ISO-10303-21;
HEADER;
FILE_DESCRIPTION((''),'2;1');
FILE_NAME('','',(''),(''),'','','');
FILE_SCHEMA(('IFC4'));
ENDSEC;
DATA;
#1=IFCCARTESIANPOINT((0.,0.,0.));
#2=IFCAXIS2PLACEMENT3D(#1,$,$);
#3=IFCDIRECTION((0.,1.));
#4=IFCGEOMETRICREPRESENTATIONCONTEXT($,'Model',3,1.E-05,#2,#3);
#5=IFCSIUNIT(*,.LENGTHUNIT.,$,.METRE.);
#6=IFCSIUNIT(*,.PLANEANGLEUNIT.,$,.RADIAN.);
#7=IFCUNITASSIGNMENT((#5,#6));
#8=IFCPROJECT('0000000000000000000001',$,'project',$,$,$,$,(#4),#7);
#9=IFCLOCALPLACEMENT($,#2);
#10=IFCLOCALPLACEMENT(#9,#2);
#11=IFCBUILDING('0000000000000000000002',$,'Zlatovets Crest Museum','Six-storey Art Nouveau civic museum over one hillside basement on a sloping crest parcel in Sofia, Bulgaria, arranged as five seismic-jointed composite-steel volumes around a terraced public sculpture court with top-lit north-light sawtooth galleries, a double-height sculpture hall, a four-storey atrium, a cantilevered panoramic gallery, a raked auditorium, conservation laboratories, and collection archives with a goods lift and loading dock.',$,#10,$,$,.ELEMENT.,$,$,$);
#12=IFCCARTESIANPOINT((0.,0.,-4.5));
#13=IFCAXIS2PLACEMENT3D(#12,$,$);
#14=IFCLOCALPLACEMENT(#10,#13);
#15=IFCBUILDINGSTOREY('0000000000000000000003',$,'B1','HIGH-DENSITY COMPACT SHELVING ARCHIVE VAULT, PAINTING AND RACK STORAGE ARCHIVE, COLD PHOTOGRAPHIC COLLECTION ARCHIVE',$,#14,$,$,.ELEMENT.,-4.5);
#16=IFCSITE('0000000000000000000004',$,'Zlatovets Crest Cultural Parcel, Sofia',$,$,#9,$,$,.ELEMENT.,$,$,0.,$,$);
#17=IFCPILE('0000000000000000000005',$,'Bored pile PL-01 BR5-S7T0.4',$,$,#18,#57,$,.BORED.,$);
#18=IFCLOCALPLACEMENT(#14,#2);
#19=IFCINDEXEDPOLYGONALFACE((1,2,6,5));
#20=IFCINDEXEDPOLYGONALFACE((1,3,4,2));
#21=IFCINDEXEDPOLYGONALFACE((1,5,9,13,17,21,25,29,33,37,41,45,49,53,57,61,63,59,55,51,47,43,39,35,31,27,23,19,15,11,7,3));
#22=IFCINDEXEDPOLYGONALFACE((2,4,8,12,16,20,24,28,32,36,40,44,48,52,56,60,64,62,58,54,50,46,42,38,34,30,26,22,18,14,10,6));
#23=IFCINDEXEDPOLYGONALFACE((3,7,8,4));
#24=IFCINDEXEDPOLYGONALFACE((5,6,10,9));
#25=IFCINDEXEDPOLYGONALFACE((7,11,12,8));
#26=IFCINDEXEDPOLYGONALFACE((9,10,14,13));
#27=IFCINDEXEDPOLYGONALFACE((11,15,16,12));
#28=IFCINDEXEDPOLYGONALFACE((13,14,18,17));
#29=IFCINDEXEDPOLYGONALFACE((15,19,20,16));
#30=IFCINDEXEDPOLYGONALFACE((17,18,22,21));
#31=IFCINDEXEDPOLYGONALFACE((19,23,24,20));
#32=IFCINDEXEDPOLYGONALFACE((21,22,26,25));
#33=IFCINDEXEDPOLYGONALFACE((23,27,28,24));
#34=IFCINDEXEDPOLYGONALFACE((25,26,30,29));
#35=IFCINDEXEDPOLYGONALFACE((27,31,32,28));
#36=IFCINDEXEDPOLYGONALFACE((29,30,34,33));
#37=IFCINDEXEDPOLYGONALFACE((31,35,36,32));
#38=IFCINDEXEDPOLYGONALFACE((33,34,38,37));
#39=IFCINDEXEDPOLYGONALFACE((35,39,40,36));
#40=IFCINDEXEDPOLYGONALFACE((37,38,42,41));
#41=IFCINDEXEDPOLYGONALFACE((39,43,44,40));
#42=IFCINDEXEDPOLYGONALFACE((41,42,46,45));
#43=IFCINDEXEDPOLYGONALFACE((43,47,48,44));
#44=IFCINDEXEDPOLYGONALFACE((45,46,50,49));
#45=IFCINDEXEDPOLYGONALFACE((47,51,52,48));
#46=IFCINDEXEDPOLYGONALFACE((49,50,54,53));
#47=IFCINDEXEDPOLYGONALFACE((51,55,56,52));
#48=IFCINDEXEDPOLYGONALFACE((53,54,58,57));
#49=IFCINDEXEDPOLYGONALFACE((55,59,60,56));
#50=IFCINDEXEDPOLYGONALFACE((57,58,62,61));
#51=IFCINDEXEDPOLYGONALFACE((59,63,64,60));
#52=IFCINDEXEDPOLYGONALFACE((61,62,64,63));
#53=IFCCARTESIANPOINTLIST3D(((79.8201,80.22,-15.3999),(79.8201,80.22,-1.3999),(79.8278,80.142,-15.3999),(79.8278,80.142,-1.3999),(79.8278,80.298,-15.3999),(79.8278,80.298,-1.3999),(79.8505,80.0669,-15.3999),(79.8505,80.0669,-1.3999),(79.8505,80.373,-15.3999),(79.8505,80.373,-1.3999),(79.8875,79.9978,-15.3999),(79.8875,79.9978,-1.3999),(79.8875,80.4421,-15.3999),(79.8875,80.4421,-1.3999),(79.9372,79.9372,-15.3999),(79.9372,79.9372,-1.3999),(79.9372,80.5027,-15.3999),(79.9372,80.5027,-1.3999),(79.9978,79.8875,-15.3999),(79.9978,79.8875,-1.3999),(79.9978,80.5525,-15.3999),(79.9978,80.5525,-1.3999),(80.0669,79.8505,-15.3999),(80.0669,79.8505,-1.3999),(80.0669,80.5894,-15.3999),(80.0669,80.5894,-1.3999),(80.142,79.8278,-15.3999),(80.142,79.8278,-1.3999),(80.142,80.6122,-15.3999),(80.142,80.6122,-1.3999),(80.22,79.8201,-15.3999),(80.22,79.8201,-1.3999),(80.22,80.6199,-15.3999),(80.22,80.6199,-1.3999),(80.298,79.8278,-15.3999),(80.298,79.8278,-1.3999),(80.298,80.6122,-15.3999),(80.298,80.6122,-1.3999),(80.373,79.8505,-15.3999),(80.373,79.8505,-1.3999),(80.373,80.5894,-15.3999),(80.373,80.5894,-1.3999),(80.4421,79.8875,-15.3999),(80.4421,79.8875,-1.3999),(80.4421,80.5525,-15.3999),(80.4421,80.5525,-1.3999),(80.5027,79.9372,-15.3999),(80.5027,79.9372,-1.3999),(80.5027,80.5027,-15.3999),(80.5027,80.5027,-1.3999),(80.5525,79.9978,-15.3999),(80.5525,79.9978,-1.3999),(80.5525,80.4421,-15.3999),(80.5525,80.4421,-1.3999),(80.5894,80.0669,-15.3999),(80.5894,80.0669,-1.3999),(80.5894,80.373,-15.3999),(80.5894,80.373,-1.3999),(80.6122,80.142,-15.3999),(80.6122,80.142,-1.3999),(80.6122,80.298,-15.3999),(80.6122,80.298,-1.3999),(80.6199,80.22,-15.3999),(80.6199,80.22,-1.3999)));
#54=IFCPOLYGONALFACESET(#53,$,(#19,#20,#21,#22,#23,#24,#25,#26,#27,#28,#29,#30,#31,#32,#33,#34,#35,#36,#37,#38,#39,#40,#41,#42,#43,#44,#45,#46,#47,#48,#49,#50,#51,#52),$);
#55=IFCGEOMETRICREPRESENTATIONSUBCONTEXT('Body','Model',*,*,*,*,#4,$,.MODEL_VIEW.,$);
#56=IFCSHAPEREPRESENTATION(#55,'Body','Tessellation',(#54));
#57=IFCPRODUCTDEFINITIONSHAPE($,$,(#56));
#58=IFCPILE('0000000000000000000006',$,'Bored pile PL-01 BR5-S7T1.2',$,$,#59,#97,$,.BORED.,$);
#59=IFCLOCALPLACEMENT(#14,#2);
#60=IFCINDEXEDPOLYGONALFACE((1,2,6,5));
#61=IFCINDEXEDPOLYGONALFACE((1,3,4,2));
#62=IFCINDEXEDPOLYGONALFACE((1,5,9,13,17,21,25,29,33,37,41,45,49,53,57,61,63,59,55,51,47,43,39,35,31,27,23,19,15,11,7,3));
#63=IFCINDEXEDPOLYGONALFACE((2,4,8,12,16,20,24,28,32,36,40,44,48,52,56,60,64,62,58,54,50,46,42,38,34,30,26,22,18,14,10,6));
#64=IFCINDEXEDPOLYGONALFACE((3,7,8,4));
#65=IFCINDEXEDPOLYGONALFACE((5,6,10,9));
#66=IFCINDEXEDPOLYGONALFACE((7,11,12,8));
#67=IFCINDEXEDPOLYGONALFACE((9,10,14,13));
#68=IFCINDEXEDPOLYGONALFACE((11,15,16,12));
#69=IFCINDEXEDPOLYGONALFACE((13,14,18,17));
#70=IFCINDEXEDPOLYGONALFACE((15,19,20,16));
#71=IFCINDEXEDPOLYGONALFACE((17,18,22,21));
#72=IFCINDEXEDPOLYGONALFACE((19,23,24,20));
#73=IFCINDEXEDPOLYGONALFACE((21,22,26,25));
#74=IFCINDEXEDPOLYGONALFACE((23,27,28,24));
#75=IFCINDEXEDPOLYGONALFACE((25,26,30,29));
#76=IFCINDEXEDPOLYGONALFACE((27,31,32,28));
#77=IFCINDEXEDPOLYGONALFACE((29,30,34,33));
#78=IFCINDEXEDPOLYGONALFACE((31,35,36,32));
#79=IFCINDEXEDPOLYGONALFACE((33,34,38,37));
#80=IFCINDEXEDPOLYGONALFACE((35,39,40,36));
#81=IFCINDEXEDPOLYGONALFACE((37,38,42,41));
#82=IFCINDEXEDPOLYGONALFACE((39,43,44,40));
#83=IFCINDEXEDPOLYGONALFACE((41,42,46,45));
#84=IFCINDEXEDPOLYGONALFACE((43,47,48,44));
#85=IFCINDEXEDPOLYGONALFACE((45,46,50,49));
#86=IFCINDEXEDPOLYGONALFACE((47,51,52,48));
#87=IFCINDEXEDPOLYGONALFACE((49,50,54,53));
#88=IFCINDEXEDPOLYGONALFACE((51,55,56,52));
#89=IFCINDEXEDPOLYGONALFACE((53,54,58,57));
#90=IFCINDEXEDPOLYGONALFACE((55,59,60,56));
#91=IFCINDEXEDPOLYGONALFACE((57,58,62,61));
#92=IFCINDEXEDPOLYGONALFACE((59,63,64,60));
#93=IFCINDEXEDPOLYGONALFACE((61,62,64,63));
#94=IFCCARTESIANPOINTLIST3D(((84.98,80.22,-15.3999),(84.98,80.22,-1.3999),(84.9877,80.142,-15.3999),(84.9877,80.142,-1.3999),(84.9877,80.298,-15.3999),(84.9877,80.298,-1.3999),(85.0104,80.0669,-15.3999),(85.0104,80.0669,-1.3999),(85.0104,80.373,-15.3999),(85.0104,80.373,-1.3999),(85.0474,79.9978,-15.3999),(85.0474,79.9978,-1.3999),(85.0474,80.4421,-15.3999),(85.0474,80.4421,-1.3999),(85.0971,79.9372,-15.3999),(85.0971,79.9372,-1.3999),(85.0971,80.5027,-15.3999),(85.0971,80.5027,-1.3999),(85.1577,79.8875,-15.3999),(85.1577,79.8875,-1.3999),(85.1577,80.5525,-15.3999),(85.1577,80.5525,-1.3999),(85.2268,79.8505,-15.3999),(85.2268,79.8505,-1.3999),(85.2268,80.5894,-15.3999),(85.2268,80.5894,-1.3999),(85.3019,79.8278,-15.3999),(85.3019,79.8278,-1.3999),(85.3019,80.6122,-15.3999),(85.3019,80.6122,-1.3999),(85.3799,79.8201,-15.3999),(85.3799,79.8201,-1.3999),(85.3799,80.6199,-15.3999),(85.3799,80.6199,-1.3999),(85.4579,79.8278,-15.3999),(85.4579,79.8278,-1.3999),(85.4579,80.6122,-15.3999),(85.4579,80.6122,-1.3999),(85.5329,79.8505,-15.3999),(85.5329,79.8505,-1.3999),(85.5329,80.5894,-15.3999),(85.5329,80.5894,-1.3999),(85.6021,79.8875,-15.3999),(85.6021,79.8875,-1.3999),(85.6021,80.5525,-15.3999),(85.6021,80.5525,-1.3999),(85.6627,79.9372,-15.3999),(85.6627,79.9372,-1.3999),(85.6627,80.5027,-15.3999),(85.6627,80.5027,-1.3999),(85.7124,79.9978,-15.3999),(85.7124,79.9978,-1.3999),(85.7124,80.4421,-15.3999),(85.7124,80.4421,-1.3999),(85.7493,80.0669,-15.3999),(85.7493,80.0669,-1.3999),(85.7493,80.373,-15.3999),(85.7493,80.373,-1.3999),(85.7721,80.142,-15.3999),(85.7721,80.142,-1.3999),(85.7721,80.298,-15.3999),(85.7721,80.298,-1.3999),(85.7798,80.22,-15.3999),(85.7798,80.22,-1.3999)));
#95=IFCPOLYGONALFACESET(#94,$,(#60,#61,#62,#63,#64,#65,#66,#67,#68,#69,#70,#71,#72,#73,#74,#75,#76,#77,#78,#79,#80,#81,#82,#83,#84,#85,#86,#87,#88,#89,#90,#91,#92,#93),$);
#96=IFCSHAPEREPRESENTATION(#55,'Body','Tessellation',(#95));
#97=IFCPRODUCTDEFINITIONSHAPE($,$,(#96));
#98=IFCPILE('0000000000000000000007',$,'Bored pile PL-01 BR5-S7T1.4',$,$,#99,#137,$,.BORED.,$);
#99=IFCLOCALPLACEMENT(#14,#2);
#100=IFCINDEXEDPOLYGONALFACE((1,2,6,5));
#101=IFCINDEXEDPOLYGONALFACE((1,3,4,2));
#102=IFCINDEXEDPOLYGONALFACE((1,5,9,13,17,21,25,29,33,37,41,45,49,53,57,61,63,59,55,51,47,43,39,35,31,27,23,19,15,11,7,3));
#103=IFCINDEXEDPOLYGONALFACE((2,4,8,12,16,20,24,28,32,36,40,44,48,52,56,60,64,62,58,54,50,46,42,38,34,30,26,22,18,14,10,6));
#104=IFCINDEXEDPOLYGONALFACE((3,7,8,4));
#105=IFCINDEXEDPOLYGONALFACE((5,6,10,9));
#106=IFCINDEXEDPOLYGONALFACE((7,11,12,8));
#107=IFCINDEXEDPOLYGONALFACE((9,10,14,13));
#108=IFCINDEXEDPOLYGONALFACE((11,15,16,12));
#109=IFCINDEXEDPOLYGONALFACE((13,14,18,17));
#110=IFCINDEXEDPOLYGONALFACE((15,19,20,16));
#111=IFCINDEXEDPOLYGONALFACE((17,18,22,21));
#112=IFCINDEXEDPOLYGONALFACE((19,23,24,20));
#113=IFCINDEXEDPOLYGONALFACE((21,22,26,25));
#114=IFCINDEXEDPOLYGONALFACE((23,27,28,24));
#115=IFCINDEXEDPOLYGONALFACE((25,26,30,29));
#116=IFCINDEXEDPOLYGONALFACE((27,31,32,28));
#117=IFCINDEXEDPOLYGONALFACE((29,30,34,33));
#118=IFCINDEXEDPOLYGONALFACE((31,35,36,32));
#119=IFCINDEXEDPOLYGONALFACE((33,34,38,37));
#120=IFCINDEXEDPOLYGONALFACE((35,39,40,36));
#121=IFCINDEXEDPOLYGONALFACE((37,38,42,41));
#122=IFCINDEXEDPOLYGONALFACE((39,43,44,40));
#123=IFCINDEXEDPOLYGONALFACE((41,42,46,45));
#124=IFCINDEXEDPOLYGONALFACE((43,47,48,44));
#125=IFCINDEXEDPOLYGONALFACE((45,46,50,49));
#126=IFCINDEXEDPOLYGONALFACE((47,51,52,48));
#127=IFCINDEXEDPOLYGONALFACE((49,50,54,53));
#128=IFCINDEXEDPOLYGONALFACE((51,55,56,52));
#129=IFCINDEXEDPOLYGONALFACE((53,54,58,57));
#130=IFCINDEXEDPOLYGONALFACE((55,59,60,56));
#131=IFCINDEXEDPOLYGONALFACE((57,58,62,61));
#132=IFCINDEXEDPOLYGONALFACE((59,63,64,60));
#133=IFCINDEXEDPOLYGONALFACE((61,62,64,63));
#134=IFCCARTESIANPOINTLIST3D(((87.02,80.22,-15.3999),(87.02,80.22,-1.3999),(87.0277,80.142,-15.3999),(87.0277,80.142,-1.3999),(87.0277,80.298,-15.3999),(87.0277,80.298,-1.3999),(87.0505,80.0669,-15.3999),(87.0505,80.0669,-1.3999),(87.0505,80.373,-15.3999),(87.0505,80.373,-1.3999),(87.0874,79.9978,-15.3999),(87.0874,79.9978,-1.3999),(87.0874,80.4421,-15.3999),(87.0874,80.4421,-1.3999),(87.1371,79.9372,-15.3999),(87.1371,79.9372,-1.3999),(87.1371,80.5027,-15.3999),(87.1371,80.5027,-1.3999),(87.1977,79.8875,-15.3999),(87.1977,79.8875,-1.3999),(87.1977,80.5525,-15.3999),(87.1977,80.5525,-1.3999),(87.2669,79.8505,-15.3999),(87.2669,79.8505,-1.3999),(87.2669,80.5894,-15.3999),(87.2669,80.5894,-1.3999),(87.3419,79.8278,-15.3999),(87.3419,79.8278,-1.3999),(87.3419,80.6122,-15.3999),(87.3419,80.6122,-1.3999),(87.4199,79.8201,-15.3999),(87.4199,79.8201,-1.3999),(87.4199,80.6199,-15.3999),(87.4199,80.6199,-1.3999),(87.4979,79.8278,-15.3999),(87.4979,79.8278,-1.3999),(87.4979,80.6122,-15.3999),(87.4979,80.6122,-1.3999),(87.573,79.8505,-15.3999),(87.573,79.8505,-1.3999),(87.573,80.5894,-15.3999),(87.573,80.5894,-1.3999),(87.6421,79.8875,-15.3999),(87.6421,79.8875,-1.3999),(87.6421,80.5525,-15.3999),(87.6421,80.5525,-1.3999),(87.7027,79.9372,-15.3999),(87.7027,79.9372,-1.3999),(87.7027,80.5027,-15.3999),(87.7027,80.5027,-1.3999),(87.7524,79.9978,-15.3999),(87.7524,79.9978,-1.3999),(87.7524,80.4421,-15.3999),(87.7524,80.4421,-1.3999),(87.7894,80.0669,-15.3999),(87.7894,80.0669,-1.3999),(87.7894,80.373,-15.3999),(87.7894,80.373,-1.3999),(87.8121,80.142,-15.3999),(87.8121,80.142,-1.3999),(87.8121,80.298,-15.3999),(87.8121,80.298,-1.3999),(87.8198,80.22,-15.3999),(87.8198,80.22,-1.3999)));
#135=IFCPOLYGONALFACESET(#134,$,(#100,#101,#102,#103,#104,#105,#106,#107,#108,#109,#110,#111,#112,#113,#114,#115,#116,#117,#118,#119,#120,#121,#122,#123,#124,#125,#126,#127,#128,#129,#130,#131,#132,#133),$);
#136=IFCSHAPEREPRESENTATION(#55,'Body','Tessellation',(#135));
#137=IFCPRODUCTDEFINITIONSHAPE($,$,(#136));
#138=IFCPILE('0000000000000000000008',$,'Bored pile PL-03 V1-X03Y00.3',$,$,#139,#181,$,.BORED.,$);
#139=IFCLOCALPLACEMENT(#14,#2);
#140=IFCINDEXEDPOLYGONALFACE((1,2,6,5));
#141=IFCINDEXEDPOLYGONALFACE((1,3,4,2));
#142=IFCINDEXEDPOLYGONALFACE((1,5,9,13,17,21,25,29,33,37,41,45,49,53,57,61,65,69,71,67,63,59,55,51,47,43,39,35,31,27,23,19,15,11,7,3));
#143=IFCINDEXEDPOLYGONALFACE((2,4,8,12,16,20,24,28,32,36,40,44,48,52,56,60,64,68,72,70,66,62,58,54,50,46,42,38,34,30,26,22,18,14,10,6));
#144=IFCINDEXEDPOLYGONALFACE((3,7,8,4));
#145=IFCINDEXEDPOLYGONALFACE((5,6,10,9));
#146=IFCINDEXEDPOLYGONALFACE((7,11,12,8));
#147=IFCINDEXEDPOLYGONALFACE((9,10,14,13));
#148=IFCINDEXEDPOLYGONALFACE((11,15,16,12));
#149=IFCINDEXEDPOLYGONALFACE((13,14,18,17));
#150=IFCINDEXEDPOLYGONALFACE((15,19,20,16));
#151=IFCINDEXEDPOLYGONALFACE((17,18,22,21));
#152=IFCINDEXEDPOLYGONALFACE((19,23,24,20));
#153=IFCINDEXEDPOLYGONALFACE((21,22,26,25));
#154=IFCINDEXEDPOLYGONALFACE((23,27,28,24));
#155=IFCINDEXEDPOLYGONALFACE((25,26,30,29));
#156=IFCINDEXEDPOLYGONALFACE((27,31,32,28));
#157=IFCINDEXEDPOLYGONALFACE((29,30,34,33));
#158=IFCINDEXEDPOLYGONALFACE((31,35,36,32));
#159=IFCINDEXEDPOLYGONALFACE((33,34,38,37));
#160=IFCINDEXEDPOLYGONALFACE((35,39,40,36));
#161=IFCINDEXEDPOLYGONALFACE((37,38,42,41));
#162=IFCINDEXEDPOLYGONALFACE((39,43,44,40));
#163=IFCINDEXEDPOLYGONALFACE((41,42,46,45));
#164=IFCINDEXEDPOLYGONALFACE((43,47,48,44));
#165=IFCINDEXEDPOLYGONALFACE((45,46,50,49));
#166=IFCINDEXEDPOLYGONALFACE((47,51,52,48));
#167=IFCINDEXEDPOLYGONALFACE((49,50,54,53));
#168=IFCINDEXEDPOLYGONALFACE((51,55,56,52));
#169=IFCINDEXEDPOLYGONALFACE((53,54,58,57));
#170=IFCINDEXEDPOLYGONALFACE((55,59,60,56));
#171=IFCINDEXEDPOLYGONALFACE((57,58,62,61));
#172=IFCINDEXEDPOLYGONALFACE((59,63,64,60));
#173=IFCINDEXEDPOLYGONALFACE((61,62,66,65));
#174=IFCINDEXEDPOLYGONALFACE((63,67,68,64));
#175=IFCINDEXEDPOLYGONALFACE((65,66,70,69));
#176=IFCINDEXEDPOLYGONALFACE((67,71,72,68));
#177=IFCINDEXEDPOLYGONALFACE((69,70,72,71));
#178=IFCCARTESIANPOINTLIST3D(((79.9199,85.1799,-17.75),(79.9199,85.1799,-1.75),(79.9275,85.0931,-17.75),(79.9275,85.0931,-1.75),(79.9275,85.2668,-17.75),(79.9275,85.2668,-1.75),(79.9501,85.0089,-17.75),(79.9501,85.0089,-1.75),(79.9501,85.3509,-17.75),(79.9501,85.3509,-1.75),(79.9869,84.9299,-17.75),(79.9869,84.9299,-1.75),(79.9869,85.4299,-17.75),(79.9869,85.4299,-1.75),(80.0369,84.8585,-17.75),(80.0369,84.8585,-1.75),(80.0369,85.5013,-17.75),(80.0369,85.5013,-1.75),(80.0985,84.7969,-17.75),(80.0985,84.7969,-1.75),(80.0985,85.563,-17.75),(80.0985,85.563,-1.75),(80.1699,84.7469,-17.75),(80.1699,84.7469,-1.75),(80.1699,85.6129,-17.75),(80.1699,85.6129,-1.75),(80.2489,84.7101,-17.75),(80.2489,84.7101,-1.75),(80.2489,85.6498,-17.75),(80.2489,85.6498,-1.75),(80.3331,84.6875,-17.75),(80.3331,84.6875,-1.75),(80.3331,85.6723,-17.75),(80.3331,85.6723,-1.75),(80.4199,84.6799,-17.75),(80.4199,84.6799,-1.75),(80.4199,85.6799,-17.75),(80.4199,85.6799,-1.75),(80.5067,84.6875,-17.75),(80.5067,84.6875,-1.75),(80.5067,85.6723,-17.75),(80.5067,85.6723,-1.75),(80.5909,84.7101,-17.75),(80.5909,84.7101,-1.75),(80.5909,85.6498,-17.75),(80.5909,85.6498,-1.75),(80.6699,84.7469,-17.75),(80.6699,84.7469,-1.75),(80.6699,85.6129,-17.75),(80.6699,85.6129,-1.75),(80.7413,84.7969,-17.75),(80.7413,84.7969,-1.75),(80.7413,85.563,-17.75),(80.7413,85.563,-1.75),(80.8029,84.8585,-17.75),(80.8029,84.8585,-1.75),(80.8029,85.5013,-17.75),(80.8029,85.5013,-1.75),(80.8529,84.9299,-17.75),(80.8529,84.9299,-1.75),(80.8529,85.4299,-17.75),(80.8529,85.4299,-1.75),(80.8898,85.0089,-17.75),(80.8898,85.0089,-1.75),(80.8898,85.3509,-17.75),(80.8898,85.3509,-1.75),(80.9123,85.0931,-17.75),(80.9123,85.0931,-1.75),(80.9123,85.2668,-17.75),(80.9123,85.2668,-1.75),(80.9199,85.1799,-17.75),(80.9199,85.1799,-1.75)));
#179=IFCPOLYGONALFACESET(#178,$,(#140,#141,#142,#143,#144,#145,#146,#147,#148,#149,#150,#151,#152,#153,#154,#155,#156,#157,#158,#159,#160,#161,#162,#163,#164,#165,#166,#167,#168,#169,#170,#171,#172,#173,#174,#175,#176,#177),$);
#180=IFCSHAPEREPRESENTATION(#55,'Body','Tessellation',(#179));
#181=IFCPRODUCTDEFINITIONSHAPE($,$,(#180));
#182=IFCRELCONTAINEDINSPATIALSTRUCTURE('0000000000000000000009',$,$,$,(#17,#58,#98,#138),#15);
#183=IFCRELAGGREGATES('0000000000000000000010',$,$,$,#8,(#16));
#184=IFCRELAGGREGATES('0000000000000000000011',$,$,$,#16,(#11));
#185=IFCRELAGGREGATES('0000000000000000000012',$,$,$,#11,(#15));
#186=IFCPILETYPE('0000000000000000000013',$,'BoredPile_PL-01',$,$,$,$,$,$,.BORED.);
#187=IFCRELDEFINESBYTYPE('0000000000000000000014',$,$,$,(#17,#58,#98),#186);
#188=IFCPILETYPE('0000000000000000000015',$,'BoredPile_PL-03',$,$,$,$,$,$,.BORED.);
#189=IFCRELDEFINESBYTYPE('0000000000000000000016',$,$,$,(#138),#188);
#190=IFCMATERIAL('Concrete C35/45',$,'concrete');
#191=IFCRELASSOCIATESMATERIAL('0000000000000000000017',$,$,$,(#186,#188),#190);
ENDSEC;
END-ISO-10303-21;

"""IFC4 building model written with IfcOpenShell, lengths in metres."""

from ifc_helpers import new_model, si_unit, direction, frame, origin, origin_2d, place, context, subcontext, project, spatial, circle, extrude, material, material_profile, profile_set, type_object, element, save


model = new_model("IFC4")

# Units and contexts
model_context = context("Model", 3, precision=1e-05, world=origin(), true_north=direction((0.0, 1.0)))
body_context = subcontext(model_context, "Body", "Model", "MODEL_VIEW")
ifc_project = project(units=[si_unit("LENGTHUNIT", "METRE"), si_unit("PLANEANGLEUNIT", "RADIAN")], contexts=[model_context])

# Site, building, storey
site_placement = place(None, origin())
site = spatial("IfcSite", under=ifc_project, at=site_placement, Name="Zlatovets Crest Cultural Parcel, Sofia", CompositionType="ELEMENT", RefElevation=0.0)
building_placement = place(site_placement, origin())
building = spatial("IfcBuilding", under=site, at=building_placement, Name="Zlatovets Crest Museum", Description="Six-storey Art Nouveau civic museum over one hillside basement on a sloping crest parcel in Sofia, Bulgaria, arranged as five seismic-jointed composite-steel volumes around a terraced public sculpture court with top-lit north-light sawtooth galleries, a double-height sculpture hall, a four-storey atrium, a cantilevered panoramic gallery, a raked auditorium, conservation laboratories, and collection archives with a goods lift and loading dock.", CompositionType="ELEMENT")
storey_placement = place(building_placement, frame((0.0, 0.0, -4.5)))
storey = spatial("IfcBuildingStorey", under=building, at=storey_placement, Name="B1", Description="HIGH-DENSITY COMPACT SHELVING ARCHIVE VAULT, PAINTING AND RACK STORAGE ARCHIVE, COLD PHOTOGRAPHIC COLLECTION ARCHIVE", CompositionType="ELEMENT", Elevation=-4.5)

# Piles
ifc_material_1 = material(Name="Concrete C35/45", Category="concrete")
ifc_material_profile_1 = material_profile(ifc_material_1, circle(Radius=0.3999, at=origin_2d()), Name="PILE D800")
ifc_profile_set_1 = profile_set([ifc_material_profile_1], Name="Concrete C35/45")
pile_type_1 = type_object("IfcPileType", Name="BoredPile_PL-01", PredefinedType="BORED", material=ifc_profile_set_1)
for number, where, z_axis, x_axis, name in (
    (1, (80.22, 80.22, -1.3999), (0.0, 0.0, -1.0), (1.0, 0.0, 0.0), "Bored pile PL-01 BR5-S7T0.4"),
    (2, (85.3799, 80.22, -1.3999), (0.0, 0.0, -1.0), (1.0, 0.0, 0.0), "Bored pile PL-01 BR5-S7T1.2"),
    (3, (87.4199, 80.22, -1.3999), (0.0, 0.0, -1.0), (1.0, 0.0, 0.0), "Bored pile PL-01 BR5-S7T1.4"),
):
    element("IfcPile", number, at=place(storey_placement, frame(where, z_axis=z_axis, x_axis=x_axis)), inside=storey, type_object=pile_type_1, Name=name, PredefinedType="BORED", context=body_context, shape_type="SweptSolid", body=[
        extrude(circle(Radius=0.3999, at=origin_2d()), origin(), (0.0, 0.0, 1.0), 14.0),
    ])
ifc_material_profile_2 = material_profile(ifc_material_1, circle(Radius=0.5, at=origin_2d()), Name="PILE D1000")
ifc_profile_set_2 = profile_set([ifc_material_profile_2], Name="Concrete C35/45")
pile_type_2 = type_object("IfcPileType", Name="BoredPile_PL-03", PredefinedType="BORED", material=ifc_profile_set_2)
for number, where, z_axis, x_axis, name in (
    (4, (80.4199, 85.1799, -1.75), (0.0, 0.0, -1.0), (1.0, 0.0, 0.0), "Bored pile PL-03 V1-X03Y00.3"),
):
    element("IfcPile", number, at=place(storey_placement, frame(where, z_axis=z_axis, x_axis=x_axis)), inside=storey, type_object=pile_type_2, Name=name, PredefinedType="BORED", context=body_context, shape_type="SweptSolid", body=[
        extrude(circle(Radius=0.5, at=origin_2d()), origin(), (0.0, 0.0, 1.0), 16.0),
    ])

save(model, "model.ifc")
